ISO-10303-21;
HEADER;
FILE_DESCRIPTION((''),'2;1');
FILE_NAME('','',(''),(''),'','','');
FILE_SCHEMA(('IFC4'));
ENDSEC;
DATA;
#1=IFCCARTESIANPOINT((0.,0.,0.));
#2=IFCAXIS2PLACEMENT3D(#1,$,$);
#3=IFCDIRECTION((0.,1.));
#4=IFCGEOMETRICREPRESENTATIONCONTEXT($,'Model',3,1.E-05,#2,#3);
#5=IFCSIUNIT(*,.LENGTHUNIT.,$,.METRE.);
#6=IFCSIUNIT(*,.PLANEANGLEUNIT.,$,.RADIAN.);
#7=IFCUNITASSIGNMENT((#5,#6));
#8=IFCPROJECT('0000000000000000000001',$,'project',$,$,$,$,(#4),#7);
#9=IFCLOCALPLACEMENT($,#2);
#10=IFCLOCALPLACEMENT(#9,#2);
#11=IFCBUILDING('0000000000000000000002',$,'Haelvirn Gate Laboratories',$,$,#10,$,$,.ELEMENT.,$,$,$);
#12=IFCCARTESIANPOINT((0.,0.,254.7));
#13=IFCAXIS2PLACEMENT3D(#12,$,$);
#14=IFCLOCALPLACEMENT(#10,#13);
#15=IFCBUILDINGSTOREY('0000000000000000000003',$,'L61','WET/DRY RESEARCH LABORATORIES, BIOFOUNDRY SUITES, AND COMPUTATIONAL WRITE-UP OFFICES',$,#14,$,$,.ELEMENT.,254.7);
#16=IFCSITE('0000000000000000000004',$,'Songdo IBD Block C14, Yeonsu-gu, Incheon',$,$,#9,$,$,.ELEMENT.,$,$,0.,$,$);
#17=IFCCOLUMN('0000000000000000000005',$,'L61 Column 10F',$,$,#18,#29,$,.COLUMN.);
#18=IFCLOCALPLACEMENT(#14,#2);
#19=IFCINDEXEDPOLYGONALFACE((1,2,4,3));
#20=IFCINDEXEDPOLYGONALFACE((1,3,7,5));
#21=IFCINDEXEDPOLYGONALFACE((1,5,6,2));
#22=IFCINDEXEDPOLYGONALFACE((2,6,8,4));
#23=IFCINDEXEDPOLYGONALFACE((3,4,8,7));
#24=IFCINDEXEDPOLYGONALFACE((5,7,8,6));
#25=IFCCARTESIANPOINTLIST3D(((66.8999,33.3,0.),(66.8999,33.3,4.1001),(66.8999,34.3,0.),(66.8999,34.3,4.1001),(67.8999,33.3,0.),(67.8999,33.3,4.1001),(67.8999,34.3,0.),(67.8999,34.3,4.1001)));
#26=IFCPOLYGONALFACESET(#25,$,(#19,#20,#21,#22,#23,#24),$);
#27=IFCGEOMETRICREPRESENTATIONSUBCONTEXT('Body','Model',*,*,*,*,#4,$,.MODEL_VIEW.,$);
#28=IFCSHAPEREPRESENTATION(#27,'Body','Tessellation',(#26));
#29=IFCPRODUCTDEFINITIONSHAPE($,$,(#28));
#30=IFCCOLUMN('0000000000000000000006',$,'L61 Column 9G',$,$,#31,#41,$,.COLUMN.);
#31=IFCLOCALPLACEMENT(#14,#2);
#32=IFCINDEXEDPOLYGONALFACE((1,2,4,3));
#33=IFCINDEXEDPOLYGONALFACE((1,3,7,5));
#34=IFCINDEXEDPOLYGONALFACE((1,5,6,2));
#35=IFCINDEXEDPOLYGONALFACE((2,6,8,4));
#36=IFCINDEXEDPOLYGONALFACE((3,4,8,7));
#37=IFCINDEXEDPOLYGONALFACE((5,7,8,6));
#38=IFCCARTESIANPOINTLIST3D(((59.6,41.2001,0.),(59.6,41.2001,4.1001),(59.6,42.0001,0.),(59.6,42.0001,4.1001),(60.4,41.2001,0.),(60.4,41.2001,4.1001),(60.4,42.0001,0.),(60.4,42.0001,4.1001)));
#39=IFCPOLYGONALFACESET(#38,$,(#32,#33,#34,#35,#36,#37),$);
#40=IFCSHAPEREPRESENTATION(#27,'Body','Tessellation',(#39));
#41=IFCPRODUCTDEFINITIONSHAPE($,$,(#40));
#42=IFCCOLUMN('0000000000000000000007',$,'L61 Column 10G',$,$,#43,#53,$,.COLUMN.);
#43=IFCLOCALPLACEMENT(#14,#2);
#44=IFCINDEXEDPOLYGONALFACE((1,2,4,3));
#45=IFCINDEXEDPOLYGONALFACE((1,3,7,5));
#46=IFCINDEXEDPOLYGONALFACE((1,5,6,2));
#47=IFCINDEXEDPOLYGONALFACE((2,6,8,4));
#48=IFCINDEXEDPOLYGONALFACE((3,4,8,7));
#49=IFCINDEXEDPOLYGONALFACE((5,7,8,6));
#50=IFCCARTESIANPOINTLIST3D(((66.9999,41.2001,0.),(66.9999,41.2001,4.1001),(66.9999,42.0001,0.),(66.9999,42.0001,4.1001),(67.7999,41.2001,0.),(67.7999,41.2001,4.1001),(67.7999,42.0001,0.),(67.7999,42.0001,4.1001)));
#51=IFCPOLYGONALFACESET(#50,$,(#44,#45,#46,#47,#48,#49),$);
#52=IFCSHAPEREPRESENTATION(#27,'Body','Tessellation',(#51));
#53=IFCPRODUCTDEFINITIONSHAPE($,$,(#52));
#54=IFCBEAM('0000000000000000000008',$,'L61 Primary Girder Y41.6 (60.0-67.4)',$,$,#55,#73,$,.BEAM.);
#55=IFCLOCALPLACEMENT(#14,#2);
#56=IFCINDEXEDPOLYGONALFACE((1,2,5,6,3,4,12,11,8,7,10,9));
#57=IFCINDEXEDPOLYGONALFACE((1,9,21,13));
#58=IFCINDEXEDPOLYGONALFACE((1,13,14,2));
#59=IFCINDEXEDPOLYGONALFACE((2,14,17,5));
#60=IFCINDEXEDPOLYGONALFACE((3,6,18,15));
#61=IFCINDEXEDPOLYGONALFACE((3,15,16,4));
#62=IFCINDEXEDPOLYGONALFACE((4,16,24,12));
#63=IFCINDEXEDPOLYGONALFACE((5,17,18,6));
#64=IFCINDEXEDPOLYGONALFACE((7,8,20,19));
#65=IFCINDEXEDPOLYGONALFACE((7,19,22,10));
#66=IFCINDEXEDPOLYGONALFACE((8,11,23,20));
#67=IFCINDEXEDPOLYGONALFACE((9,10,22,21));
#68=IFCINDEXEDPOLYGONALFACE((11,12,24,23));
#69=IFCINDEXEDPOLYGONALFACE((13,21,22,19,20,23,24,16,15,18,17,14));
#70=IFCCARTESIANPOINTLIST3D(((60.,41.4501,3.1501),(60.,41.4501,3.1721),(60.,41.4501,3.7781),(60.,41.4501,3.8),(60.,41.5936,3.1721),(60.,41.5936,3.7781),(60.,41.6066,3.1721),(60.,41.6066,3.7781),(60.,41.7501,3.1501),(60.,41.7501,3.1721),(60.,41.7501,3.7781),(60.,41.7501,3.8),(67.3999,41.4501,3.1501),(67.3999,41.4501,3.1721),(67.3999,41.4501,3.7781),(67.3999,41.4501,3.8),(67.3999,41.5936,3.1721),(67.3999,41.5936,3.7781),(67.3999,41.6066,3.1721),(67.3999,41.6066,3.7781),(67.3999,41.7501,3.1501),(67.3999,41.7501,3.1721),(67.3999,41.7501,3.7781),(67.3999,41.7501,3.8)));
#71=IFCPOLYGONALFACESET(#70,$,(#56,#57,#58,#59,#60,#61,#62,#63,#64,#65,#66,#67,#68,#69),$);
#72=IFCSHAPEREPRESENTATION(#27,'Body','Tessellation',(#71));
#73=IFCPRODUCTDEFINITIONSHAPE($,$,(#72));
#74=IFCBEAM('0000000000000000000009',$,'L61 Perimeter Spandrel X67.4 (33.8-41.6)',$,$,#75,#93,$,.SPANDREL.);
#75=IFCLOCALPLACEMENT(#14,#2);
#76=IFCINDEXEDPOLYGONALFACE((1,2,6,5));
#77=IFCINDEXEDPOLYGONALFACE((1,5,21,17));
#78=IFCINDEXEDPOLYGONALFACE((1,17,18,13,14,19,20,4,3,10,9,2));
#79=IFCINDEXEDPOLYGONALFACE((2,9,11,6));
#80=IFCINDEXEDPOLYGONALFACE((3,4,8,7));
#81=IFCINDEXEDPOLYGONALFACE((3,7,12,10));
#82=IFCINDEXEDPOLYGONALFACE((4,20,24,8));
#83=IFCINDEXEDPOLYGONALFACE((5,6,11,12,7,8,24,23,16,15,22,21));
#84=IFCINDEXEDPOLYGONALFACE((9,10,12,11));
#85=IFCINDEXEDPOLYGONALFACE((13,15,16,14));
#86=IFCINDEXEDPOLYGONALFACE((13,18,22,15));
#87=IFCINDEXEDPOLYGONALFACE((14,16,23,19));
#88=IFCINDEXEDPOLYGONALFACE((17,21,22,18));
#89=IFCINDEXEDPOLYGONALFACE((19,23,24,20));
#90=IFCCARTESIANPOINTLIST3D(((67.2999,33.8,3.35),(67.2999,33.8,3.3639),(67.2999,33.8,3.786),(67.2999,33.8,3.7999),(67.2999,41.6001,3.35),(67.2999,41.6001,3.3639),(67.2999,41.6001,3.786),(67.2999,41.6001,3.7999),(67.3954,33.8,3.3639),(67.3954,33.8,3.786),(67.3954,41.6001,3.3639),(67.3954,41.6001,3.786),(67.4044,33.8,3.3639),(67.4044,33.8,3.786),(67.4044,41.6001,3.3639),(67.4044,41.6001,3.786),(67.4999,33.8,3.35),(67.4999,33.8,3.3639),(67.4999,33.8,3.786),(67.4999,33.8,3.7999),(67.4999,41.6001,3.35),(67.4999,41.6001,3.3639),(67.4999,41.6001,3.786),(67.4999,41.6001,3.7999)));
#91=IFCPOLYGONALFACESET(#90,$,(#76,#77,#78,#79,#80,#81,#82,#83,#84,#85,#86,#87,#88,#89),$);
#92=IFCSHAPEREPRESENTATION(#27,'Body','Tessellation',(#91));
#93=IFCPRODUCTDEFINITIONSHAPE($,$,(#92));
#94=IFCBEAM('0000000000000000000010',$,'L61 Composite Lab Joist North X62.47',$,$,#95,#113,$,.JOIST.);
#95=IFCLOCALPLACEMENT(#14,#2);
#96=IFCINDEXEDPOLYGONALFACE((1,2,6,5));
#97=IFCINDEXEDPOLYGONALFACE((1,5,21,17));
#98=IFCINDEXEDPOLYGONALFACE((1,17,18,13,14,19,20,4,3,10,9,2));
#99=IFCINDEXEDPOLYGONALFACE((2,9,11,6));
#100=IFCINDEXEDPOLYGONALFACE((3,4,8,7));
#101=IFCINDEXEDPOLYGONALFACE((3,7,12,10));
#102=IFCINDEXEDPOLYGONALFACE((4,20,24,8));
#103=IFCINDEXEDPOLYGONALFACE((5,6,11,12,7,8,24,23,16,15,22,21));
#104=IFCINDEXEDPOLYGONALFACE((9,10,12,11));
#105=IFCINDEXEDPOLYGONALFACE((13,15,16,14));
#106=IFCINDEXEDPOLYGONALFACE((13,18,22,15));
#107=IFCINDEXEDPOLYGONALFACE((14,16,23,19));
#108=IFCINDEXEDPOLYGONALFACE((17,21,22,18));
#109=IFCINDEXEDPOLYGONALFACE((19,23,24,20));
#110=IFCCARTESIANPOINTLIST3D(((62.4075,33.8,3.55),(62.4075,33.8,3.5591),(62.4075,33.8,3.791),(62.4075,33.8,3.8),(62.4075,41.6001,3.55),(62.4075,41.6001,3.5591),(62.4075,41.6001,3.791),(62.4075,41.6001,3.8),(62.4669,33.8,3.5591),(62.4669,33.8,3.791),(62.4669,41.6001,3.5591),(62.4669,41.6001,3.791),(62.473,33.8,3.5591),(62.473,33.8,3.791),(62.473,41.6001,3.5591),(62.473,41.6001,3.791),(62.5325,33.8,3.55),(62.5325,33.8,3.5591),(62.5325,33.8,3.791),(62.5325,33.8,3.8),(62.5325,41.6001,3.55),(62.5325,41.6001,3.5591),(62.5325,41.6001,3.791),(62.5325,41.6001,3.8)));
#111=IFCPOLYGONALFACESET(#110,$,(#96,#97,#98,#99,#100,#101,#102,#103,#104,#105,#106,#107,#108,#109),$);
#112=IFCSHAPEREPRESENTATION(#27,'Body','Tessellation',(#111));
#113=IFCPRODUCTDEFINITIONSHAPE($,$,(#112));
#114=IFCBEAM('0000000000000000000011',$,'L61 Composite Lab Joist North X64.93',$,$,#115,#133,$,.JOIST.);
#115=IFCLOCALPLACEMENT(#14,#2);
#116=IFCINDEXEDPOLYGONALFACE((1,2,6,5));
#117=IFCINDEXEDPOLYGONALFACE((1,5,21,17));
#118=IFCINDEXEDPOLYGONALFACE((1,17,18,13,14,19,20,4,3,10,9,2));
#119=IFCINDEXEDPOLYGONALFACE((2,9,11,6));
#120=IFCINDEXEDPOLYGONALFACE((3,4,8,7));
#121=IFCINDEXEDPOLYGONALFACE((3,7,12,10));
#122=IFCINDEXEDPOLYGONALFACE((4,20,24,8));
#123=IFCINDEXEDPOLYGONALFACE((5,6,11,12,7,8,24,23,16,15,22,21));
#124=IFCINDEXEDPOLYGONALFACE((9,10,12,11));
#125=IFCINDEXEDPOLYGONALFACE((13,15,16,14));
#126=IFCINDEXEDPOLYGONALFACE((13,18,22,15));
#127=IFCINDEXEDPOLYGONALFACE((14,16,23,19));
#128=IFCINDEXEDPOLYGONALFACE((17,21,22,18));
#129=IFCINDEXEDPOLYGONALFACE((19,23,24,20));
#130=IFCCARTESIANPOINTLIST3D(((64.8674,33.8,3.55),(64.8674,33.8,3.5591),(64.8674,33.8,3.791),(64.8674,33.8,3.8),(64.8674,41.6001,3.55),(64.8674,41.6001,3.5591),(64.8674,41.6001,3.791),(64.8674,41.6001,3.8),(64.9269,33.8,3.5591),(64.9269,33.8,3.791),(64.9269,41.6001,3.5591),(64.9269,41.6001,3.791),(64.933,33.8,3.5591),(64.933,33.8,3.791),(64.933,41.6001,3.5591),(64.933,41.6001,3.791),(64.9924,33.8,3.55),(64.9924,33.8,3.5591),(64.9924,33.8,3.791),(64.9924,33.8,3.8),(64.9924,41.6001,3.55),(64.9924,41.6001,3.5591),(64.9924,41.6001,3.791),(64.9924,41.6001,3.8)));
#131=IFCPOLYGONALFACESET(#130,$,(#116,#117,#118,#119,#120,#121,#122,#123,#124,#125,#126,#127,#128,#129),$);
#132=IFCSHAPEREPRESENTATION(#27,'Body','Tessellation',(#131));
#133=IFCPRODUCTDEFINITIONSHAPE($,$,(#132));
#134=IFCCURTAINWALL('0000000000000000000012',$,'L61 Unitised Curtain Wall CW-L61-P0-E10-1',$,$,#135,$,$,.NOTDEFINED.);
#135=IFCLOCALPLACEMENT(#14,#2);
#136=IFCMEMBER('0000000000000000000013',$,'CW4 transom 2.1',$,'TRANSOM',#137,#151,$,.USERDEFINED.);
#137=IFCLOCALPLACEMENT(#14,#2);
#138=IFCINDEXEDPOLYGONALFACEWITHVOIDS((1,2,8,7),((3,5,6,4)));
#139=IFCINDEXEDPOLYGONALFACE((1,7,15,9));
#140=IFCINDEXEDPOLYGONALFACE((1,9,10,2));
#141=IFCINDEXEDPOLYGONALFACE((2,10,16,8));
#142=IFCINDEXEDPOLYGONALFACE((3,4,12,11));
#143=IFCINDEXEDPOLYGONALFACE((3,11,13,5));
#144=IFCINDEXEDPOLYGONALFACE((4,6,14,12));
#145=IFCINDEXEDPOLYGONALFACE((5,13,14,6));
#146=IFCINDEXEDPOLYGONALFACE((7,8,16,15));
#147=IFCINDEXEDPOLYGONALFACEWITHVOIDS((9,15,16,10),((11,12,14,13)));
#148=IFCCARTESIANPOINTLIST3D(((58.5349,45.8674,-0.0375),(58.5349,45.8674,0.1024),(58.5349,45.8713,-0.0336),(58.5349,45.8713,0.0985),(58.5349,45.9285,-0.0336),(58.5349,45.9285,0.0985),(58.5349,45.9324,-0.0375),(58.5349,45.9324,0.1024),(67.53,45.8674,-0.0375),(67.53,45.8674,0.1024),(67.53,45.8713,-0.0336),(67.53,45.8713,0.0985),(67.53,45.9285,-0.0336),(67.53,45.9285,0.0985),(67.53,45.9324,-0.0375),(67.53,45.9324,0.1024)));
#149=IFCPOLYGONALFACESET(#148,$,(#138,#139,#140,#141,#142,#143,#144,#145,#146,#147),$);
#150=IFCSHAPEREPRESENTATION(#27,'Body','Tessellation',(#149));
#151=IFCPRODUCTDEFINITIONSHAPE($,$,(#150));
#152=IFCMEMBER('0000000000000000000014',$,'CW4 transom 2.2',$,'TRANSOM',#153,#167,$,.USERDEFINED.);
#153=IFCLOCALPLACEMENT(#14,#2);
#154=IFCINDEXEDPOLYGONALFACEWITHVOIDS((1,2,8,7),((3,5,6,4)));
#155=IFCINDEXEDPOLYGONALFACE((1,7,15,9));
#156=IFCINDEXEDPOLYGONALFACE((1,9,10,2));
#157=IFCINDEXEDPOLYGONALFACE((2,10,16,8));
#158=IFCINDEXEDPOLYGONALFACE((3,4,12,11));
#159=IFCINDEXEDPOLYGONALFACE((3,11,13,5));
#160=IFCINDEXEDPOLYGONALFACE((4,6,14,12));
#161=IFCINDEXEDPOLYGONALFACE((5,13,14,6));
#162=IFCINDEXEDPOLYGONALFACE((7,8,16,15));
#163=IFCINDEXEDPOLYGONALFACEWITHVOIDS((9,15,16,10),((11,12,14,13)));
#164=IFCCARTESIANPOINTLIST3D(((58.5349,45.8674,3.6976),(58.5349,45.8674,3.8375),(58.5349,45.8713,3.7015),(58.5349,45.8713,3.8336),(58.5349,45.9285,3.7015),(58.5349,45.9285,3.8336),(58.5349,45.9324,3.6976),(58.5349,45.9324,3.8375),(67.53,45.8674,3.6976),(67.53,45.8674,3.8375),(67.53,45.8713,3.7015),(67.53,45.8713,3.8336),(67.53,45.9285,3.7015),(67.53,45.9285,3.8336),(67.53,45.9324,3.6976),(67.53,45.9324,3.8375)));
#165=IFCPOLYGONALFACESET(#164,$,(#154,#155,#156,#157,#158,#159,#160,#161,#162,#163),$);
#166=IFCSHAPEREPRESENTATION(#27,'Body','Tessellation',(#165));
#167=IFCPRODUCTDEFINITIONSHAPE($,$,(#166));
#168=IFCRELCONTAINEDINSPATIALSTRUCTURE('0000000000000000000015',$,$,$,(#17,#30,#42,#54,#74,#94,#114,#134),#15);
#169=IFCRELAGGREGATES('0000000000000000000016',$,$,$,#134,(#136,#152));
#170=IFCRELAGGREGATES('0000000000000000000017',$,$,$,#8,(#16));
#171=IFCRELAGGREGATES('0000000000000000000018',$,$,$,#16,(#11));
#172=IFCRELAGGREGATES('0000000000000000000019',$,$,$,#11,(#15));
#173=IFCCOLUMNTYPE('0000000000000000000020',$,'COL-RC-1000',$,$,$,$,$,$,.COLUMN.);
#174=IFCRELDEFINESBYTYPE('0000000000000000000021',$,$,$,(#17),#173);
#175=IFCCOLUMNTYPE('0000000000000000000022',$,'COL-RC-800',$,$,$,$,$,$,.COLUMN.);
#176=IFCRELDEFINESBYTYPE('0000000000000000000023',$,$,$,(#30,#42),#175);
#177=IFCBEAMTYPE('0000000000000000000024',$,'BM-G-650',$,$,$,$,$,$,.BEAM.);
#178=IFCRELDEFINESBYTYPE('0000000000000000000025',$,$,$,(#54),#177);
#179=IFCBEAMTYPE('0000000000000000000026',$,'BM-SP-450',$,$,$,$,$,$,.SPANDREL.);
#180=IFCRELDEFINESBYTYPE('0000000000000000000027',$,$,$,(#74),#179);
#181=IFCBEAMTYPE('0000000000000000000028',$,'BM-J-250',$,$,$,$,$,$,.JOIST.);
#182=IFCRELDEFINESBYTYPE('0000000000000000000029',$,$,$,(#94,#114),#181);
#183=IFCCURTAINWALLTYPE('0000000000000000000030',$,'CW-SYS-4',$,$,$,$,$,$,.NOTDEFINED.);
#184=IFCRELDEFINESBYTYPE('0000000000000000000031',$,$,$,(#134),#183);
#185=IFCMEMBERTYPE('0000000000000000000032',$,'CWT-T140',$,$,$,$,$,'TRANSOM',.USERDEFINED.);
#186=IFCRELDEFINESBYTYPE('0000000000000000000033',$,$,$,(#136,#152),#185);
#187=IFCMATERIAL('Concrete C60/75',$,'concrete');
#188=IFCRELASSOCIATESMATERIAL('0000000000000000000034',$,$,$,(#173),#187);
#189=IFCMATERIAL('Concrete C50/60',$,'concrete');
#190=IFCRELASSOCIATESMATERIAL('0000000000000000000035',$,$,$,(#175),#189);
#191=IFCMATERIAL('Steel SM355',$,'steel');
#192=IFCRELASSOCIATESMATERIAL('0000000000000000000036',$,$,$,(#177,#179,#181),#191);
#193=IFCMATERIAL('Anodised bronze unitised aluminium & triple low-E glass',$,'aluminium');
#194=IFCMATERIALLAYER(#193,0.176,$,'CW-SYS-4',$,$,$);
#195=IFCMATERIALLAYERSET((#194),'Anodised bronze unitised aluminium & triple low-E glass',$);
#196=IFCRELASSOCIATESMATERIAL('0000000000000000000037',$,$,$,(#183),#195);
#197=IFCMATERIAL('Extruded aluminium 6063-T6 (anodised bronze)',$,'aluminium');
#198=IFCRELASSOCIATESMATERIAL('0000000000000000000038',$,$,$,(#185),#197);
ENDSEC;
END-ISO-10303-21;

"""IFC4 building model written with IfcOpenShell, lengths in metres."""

from ifc_helpers import new_model, si_unit, direction, frame, origin, origin_2d, place, context, subcontext, project, spatial, rectangle, hollow_rectangle, i_section, extrude, source, transform, mapped, material, layer, layer_set, material_profile, profile_set, type_object, type_shapes, element, aggregate, save


model = new_model("IFC4")

# Units and contexts
model_context = context("Model", 3, precision=1e-05, world=origin(), true_north=direction((0.0, 1.0)))
body_context = subcontext(model_context, "Body", "Model", "MODEL_VIEW")
ifc_project = project(units=[si_unit("LENGTHUNIT", "METRE"), si_unit("PLANEANGLEUNIT", "RADIAN")], contexts=[model_context])

# Site, building, storey
site_placement = place(None, origin())
site = spatial("IfcSite", under=ifc_project, at=site_placement, Name="Songdo IBD Block C14, Yeonsu-gu, Incheon", CompositionType="ELEMENT", RefElevation=0.0)
building_placement = place(site_placement, origin())
building = spatial("IfcBuilding", under=site, at=building_placement, Name="Haelvirn Gate Laboratories", CompositionType="ELEMENT")
storey_placement = place(building_placement, frame((0.0, 0.0, 254.7)))
storey = spatial("IfcBuildingStorey", under=building, at=storey_placement, Name="L61", Description="WET/DRY RESEARCH LABORATORIES, BIOFOUNDRY SUITES, AND COMPUTATIONAL WRITE-UP OFFICES", CompositionType="ELEMENT", Elevation=254.7)

# Columns
ifc_material_1 = material(Name="Concrete C60/75", Category="concrete")
ifc_material_profile_1 = material_profile(ifc_material_1, rectangle(XDim=1.0, YDim=1.0, at=origin_2d()), Name="RC-1000x1000")
ifc_profile_set_1 = profile_set([ifc_material_profile_1], Name="Concrete C60/75")
column_type_1 = type_object("IfcColumnType", Name="COL-RC-1000", PredefinedType="COLUMN", material=ifc_profile_set_1)
shared_shape_1 = source(origin(), body_context, "Body", "SweptSolid", [
    extrude(rectangle(XDim=1.0, YDim=1.0, at=origin_2d()), origin(), (0.0, 0.0, 1.0), 4.1001),
])
type_shapes(column_type_1, [shared_shape_1])
column_placement = place(storey_placement, frame((67.3999, 33.8, 0.0), z_axis=(0.0, 0.0, 1.0), x_axis=(1.0, 0.0, 0.0)))
element("IfcColumn", 1, at=column_placement, inside=storey, type_object=column_type_1, Name="L61 Column 10F", PredefinedType="COLUMN", context=body_context, shape_type="MappedRepresentation", body=[
    mapped(shared_shape_1, transform((0.0, 0.0, 0.0), scale=1.0)),
])
ifc_material_2 = material(Name="Concrete C50/60", Category="concrete")
ifc_material_profile_2 = material_profile(ifc_material_2, rectangle(XDim=0.8, YDim=0.8, at=origin_2d()), Name="RC-800x800")
ifc_profile_set_2 = profile_set([ifc_material_profile_2], Name="Concrete C50/60")
column_type_2 = type_object("IfcColumnType", Name="COL-RC-800", PredefinedType="COLUMN", material=ifc_profile_set_2)
shared_shape_2 = source(origin(), body_context, "Body", "SweptSolid", [
    extrude(rectangle(XDim=0.8, YDim=0.8, at=origin_2d()), origin(), (0.0, 0.0, 1.0), 4.1001),
])
type_shapes(column_type_2, [shared_shape_2])
for number, where, z_axis, x_axis, name in (
    (2, (60.0, 41.6001, 0.0), (0.0, 0.0, 1.0), (1.0, 0.0, 0.0), "L61 Column 9G"),
    (3, (67.3999, 41.6001, 0.0), (0.0, 0.0, 1.0), (1.0, 0.0, 0.0), "L61 Column 10G"),
):
    element("IfcColumn", number, at=place(storey_placement, frame(where, z_axis=z_axis, x_axis=x_axis)), inside=storey, type_object=column_type_2, Name=name, PredefinedType="COLUMN", context=body_context, shape_type="MappedRepresentation", body=[
        mapped(shared_shape_2, transform((0.0, 0.0, 0.0), scale=1.0)),
    ])

# Beams
ifc_material_3 = material(Name="Steel SM355", Category="steel")
ifc_material_profile_3 = material_profile(ifc_material_3, i_section(OverallWidth=0.3, OverallDepth=0.6499, WebThickness=0.0129, FlangeThickness=0.022, at=origin_2d()), Name="H-650x300x13x22")
ifc_profile_set_3 = profile_set([ifc_material_profile_3], Name="Steel SM355")
beam_type_1 = type_object("IfcBeamType", Name="BM-G-650", PredefinedType="BEAM", material=ifc_profile_set_3)
shared_shape_3 = source(origin(), body_context, "Body", "SweptSolid", [
    extrude(i_section(OverallWidth=0.3, OverallDepth=0.6499, WebThickness=0.0129, FlangeThickness=0.022, at=origin_2d()), origin(), (0.0, 0.0, 1.0), 7.3999),
])
type_shapes(beam_type_1, [shared_shape_3])
beam_1_placement = place(storey_placement, frame((60.0, 41.6001, 3.4751), z_axis=(1.0, 0.0, 0.0), x_axis=(0.0, 1.0, 0.0)))
element("IfcBeam", 4, at=beam_1_placement, inside=storey, type_object=beam_type_1, Name="L61 Primary Girder Y41.6 (60.0-67.4)", PredefinedType="BEAM", context=body_context, shape_type="MappedRepresentation", body=[
    mapped(shared_shape_3, transform((0.0, 0.0, 0.0), scale=1.0)),
])
ifc_material_profile_4 = material_profile(ifc_material_3, i_section(OverallWidth=0.2, OverallDepth=0.45, WebThickness=0.009, FlangeThickness=0.0139, at=origin_2d()), Name="H-450x200x9x14")
ifc_profile_set_4 = profile_set([ifc_material_profile_4], Name="Steel SM355")
beam_type_2 = type_object("IfcBeamType", Name="BM-SP-450", PredefinedType="SPANDREL", material=ifc_profile_set_4)
shared_shape_4 = source(origin(), body_context, "Body", "SweptSolid", [
    extrude(i_section(OverallWidth=0.2, OverallDepth=0.45, WebThickness=0.009, FlangeThickness=0.0139, at=origin_2d()), origin(), (0.0, 0.0, 1.0), 7.8),
])
type_shapes(beam_type_2, [shared_shape_4])
beam_2_placement = place(storey_placement, frame((67.3999, 33.8, 3.575), z_axis=(0.0, 1.0, 0.0), x_axis=(-1.0, 0.0, 0.0)))
element("IfcBeam", 5, at=beam_2_placement, inside=storey, type_object=beam_type_2, Name="L61 Perimeter Spandrel X67.4 (33.8-41.6)", PredefinedType="SPANDREL", context=body_context, shape_type="MappedRepresentation", body=[
    mapped(shared_shape_4, transform((0.0, 0.0, 0.0), scale=1.0)),
])
ifc_material_profile_5 = material_profile(ifc_material_3, i_section(OverallWidth=0.125, OverallDepth=0.25, WebThickness=0.0061, FlangeThickness=0.009, at=origin_2d()), Name="H-250x125x6x9")
ifc_profile_set_5 = profile_set([ifc_material_profile_5], Name="Steel SM355")
beam_type_3 = type_object("IfcBeamType", Name="BM-J-250", PredefinedType="JOIST", material=ifc_profile_set_5)
shared_shape_5 = source(origin(), body_context, "Body", "SweptSolid", [
    extrude(i_section(OverallWidth=0.125, OverallDepth=0.25, WebThickness=0.0061, FlangeThickness=0.009, at=origin_2d()), origin(), (0.0, 0.0, 1.0), 7.8),
])
type_shapes(beam_type_3, [shared_shape_5])
for number, where, z_axis, x_axis, name in (
    (6, (62.47, 33.8, 3.675), (0.0, 1.0, 0.0), (-1.0, 0.0, 0.0), "L61 Composite Lab Joist North X62.47"),
    (7, (64.9299, 33.8, 3.675), (0.0, 1.0, 0.0), (-1.0, 0.0, 0.0), "L61 Composite Lab Joist North X64.93"),
):
    element("IfcBeam", number, at=place(storey_placement, frame(where, z_axis=z_axis, x_axis=x_axis)), inside=storey, type_object=beam_type_3, Name=name, PredefinedType="JOIST", context=body_context, shape_type="MappedRepresentation", body=[
        mapped(shared_shape_5, transform((0.0, 0.0, 0.0), scale=1.0)),
    ])

# Curtain wall, members
ifc_material_4 = material(Name="Anodised bronze unitised aluminium & triple low-E glass", Category="aluminium")
ifc_layer_1 = layer(ifc_material_4, 0.176, Name="CW-SYS-4")
ifc_layer_set_1 = layer_set([ifc_layer_1], Name="Anodised bronze unitised aluminium & triple low-E glass")
curtain_wall_type_1 = type_object("IfcCurtainWallType", Name="CW-SYS-4", PredefinedType="NOTDEFINED", material=ifc_layer_set_1)
curtain_wall_1_placement = place(storey_placement, origin())
curtain_wall_1 = element("IfcCurtainWall", 8, at=curtain_wall_1_placement, inside=storey, type_object=curtain_wall_type_1, Name="L61 Unitised Curtain Wall CW-L61-P0-E10-1", PredefinedType="NOTDEFINED")
ifc_material_5 = material(Name="Extruded aluminium 6063-T6 (anodised bronze)", Category="aluminium")
ifc_material_profile_6 = material_profile(ifc_material_5, hollow_rectangle(XDim=0.0649, YDim=0.1399, WallThickness=0.0039, at=origin_2d()), Name="CWT-140x65x4")
ifc_profile_set_6 = profile_set([ifc_material_profile_6], Name="Extruded aluminium 6063-T6 (anodised bronze)")
member_type_1 = type_object("IfcMemberType", Name="CWT-T140", ElementType="TRANSOM", PredefinedType="USERDEFINED", material=ifc_profile_set_6)
shared_shape_6 = source(origin(), body_context, "Body", "SweptSolid", [
    extrude(hollow_rectangle(XDim=0.0649, YDim=0.1399, WallThickness=0.0039, at=origin_2d()), origin(), (0.0, 0.0, 1.0), 8.9951),
])
member_1_placement = place(storey_placement, frame((58.5349, 45.8999, 0.0325), z_axis=(1.0, 0.0, 0.0), x_axis=(0.0, 1.0, 0.0)))
member_1 = element("IfcMember", 9, at=member_1_placement, type_object=member_type_1, Name="CW4 transom 2.1", ObjectType="TRANSOM", PredefinedType="USERDEFINED", context=body_context, shape_type="MappedRepresentation", body=[
    mapped(shared_shape_6, transform((0.0, 0.0, 0.0), scale=1.0)),
])
member_2_placement = place(storey_placement, frame((58.5349, 45.8999, 3.7676), z_axis=(1.0, 0.0, 0.0), x_axis=(0.0, 1.0, 0.0)))
member_2 = element("IfcMember", 10, at=member_2_placement, type_object=member_type_1, Name="CW4 transom 2.2", ObjectType="TRANSOM", PredefinedType="USERDEFINED", context=body_context, shape_type="MappedRepresentation", body=[
    mapped(shared_shape_6, transform((0.0, 0.0, 0.0), scale=1.0)),
])

aggregate(curtain_wall_1, [member_1, member_2])

save(model, "model.ifc")
